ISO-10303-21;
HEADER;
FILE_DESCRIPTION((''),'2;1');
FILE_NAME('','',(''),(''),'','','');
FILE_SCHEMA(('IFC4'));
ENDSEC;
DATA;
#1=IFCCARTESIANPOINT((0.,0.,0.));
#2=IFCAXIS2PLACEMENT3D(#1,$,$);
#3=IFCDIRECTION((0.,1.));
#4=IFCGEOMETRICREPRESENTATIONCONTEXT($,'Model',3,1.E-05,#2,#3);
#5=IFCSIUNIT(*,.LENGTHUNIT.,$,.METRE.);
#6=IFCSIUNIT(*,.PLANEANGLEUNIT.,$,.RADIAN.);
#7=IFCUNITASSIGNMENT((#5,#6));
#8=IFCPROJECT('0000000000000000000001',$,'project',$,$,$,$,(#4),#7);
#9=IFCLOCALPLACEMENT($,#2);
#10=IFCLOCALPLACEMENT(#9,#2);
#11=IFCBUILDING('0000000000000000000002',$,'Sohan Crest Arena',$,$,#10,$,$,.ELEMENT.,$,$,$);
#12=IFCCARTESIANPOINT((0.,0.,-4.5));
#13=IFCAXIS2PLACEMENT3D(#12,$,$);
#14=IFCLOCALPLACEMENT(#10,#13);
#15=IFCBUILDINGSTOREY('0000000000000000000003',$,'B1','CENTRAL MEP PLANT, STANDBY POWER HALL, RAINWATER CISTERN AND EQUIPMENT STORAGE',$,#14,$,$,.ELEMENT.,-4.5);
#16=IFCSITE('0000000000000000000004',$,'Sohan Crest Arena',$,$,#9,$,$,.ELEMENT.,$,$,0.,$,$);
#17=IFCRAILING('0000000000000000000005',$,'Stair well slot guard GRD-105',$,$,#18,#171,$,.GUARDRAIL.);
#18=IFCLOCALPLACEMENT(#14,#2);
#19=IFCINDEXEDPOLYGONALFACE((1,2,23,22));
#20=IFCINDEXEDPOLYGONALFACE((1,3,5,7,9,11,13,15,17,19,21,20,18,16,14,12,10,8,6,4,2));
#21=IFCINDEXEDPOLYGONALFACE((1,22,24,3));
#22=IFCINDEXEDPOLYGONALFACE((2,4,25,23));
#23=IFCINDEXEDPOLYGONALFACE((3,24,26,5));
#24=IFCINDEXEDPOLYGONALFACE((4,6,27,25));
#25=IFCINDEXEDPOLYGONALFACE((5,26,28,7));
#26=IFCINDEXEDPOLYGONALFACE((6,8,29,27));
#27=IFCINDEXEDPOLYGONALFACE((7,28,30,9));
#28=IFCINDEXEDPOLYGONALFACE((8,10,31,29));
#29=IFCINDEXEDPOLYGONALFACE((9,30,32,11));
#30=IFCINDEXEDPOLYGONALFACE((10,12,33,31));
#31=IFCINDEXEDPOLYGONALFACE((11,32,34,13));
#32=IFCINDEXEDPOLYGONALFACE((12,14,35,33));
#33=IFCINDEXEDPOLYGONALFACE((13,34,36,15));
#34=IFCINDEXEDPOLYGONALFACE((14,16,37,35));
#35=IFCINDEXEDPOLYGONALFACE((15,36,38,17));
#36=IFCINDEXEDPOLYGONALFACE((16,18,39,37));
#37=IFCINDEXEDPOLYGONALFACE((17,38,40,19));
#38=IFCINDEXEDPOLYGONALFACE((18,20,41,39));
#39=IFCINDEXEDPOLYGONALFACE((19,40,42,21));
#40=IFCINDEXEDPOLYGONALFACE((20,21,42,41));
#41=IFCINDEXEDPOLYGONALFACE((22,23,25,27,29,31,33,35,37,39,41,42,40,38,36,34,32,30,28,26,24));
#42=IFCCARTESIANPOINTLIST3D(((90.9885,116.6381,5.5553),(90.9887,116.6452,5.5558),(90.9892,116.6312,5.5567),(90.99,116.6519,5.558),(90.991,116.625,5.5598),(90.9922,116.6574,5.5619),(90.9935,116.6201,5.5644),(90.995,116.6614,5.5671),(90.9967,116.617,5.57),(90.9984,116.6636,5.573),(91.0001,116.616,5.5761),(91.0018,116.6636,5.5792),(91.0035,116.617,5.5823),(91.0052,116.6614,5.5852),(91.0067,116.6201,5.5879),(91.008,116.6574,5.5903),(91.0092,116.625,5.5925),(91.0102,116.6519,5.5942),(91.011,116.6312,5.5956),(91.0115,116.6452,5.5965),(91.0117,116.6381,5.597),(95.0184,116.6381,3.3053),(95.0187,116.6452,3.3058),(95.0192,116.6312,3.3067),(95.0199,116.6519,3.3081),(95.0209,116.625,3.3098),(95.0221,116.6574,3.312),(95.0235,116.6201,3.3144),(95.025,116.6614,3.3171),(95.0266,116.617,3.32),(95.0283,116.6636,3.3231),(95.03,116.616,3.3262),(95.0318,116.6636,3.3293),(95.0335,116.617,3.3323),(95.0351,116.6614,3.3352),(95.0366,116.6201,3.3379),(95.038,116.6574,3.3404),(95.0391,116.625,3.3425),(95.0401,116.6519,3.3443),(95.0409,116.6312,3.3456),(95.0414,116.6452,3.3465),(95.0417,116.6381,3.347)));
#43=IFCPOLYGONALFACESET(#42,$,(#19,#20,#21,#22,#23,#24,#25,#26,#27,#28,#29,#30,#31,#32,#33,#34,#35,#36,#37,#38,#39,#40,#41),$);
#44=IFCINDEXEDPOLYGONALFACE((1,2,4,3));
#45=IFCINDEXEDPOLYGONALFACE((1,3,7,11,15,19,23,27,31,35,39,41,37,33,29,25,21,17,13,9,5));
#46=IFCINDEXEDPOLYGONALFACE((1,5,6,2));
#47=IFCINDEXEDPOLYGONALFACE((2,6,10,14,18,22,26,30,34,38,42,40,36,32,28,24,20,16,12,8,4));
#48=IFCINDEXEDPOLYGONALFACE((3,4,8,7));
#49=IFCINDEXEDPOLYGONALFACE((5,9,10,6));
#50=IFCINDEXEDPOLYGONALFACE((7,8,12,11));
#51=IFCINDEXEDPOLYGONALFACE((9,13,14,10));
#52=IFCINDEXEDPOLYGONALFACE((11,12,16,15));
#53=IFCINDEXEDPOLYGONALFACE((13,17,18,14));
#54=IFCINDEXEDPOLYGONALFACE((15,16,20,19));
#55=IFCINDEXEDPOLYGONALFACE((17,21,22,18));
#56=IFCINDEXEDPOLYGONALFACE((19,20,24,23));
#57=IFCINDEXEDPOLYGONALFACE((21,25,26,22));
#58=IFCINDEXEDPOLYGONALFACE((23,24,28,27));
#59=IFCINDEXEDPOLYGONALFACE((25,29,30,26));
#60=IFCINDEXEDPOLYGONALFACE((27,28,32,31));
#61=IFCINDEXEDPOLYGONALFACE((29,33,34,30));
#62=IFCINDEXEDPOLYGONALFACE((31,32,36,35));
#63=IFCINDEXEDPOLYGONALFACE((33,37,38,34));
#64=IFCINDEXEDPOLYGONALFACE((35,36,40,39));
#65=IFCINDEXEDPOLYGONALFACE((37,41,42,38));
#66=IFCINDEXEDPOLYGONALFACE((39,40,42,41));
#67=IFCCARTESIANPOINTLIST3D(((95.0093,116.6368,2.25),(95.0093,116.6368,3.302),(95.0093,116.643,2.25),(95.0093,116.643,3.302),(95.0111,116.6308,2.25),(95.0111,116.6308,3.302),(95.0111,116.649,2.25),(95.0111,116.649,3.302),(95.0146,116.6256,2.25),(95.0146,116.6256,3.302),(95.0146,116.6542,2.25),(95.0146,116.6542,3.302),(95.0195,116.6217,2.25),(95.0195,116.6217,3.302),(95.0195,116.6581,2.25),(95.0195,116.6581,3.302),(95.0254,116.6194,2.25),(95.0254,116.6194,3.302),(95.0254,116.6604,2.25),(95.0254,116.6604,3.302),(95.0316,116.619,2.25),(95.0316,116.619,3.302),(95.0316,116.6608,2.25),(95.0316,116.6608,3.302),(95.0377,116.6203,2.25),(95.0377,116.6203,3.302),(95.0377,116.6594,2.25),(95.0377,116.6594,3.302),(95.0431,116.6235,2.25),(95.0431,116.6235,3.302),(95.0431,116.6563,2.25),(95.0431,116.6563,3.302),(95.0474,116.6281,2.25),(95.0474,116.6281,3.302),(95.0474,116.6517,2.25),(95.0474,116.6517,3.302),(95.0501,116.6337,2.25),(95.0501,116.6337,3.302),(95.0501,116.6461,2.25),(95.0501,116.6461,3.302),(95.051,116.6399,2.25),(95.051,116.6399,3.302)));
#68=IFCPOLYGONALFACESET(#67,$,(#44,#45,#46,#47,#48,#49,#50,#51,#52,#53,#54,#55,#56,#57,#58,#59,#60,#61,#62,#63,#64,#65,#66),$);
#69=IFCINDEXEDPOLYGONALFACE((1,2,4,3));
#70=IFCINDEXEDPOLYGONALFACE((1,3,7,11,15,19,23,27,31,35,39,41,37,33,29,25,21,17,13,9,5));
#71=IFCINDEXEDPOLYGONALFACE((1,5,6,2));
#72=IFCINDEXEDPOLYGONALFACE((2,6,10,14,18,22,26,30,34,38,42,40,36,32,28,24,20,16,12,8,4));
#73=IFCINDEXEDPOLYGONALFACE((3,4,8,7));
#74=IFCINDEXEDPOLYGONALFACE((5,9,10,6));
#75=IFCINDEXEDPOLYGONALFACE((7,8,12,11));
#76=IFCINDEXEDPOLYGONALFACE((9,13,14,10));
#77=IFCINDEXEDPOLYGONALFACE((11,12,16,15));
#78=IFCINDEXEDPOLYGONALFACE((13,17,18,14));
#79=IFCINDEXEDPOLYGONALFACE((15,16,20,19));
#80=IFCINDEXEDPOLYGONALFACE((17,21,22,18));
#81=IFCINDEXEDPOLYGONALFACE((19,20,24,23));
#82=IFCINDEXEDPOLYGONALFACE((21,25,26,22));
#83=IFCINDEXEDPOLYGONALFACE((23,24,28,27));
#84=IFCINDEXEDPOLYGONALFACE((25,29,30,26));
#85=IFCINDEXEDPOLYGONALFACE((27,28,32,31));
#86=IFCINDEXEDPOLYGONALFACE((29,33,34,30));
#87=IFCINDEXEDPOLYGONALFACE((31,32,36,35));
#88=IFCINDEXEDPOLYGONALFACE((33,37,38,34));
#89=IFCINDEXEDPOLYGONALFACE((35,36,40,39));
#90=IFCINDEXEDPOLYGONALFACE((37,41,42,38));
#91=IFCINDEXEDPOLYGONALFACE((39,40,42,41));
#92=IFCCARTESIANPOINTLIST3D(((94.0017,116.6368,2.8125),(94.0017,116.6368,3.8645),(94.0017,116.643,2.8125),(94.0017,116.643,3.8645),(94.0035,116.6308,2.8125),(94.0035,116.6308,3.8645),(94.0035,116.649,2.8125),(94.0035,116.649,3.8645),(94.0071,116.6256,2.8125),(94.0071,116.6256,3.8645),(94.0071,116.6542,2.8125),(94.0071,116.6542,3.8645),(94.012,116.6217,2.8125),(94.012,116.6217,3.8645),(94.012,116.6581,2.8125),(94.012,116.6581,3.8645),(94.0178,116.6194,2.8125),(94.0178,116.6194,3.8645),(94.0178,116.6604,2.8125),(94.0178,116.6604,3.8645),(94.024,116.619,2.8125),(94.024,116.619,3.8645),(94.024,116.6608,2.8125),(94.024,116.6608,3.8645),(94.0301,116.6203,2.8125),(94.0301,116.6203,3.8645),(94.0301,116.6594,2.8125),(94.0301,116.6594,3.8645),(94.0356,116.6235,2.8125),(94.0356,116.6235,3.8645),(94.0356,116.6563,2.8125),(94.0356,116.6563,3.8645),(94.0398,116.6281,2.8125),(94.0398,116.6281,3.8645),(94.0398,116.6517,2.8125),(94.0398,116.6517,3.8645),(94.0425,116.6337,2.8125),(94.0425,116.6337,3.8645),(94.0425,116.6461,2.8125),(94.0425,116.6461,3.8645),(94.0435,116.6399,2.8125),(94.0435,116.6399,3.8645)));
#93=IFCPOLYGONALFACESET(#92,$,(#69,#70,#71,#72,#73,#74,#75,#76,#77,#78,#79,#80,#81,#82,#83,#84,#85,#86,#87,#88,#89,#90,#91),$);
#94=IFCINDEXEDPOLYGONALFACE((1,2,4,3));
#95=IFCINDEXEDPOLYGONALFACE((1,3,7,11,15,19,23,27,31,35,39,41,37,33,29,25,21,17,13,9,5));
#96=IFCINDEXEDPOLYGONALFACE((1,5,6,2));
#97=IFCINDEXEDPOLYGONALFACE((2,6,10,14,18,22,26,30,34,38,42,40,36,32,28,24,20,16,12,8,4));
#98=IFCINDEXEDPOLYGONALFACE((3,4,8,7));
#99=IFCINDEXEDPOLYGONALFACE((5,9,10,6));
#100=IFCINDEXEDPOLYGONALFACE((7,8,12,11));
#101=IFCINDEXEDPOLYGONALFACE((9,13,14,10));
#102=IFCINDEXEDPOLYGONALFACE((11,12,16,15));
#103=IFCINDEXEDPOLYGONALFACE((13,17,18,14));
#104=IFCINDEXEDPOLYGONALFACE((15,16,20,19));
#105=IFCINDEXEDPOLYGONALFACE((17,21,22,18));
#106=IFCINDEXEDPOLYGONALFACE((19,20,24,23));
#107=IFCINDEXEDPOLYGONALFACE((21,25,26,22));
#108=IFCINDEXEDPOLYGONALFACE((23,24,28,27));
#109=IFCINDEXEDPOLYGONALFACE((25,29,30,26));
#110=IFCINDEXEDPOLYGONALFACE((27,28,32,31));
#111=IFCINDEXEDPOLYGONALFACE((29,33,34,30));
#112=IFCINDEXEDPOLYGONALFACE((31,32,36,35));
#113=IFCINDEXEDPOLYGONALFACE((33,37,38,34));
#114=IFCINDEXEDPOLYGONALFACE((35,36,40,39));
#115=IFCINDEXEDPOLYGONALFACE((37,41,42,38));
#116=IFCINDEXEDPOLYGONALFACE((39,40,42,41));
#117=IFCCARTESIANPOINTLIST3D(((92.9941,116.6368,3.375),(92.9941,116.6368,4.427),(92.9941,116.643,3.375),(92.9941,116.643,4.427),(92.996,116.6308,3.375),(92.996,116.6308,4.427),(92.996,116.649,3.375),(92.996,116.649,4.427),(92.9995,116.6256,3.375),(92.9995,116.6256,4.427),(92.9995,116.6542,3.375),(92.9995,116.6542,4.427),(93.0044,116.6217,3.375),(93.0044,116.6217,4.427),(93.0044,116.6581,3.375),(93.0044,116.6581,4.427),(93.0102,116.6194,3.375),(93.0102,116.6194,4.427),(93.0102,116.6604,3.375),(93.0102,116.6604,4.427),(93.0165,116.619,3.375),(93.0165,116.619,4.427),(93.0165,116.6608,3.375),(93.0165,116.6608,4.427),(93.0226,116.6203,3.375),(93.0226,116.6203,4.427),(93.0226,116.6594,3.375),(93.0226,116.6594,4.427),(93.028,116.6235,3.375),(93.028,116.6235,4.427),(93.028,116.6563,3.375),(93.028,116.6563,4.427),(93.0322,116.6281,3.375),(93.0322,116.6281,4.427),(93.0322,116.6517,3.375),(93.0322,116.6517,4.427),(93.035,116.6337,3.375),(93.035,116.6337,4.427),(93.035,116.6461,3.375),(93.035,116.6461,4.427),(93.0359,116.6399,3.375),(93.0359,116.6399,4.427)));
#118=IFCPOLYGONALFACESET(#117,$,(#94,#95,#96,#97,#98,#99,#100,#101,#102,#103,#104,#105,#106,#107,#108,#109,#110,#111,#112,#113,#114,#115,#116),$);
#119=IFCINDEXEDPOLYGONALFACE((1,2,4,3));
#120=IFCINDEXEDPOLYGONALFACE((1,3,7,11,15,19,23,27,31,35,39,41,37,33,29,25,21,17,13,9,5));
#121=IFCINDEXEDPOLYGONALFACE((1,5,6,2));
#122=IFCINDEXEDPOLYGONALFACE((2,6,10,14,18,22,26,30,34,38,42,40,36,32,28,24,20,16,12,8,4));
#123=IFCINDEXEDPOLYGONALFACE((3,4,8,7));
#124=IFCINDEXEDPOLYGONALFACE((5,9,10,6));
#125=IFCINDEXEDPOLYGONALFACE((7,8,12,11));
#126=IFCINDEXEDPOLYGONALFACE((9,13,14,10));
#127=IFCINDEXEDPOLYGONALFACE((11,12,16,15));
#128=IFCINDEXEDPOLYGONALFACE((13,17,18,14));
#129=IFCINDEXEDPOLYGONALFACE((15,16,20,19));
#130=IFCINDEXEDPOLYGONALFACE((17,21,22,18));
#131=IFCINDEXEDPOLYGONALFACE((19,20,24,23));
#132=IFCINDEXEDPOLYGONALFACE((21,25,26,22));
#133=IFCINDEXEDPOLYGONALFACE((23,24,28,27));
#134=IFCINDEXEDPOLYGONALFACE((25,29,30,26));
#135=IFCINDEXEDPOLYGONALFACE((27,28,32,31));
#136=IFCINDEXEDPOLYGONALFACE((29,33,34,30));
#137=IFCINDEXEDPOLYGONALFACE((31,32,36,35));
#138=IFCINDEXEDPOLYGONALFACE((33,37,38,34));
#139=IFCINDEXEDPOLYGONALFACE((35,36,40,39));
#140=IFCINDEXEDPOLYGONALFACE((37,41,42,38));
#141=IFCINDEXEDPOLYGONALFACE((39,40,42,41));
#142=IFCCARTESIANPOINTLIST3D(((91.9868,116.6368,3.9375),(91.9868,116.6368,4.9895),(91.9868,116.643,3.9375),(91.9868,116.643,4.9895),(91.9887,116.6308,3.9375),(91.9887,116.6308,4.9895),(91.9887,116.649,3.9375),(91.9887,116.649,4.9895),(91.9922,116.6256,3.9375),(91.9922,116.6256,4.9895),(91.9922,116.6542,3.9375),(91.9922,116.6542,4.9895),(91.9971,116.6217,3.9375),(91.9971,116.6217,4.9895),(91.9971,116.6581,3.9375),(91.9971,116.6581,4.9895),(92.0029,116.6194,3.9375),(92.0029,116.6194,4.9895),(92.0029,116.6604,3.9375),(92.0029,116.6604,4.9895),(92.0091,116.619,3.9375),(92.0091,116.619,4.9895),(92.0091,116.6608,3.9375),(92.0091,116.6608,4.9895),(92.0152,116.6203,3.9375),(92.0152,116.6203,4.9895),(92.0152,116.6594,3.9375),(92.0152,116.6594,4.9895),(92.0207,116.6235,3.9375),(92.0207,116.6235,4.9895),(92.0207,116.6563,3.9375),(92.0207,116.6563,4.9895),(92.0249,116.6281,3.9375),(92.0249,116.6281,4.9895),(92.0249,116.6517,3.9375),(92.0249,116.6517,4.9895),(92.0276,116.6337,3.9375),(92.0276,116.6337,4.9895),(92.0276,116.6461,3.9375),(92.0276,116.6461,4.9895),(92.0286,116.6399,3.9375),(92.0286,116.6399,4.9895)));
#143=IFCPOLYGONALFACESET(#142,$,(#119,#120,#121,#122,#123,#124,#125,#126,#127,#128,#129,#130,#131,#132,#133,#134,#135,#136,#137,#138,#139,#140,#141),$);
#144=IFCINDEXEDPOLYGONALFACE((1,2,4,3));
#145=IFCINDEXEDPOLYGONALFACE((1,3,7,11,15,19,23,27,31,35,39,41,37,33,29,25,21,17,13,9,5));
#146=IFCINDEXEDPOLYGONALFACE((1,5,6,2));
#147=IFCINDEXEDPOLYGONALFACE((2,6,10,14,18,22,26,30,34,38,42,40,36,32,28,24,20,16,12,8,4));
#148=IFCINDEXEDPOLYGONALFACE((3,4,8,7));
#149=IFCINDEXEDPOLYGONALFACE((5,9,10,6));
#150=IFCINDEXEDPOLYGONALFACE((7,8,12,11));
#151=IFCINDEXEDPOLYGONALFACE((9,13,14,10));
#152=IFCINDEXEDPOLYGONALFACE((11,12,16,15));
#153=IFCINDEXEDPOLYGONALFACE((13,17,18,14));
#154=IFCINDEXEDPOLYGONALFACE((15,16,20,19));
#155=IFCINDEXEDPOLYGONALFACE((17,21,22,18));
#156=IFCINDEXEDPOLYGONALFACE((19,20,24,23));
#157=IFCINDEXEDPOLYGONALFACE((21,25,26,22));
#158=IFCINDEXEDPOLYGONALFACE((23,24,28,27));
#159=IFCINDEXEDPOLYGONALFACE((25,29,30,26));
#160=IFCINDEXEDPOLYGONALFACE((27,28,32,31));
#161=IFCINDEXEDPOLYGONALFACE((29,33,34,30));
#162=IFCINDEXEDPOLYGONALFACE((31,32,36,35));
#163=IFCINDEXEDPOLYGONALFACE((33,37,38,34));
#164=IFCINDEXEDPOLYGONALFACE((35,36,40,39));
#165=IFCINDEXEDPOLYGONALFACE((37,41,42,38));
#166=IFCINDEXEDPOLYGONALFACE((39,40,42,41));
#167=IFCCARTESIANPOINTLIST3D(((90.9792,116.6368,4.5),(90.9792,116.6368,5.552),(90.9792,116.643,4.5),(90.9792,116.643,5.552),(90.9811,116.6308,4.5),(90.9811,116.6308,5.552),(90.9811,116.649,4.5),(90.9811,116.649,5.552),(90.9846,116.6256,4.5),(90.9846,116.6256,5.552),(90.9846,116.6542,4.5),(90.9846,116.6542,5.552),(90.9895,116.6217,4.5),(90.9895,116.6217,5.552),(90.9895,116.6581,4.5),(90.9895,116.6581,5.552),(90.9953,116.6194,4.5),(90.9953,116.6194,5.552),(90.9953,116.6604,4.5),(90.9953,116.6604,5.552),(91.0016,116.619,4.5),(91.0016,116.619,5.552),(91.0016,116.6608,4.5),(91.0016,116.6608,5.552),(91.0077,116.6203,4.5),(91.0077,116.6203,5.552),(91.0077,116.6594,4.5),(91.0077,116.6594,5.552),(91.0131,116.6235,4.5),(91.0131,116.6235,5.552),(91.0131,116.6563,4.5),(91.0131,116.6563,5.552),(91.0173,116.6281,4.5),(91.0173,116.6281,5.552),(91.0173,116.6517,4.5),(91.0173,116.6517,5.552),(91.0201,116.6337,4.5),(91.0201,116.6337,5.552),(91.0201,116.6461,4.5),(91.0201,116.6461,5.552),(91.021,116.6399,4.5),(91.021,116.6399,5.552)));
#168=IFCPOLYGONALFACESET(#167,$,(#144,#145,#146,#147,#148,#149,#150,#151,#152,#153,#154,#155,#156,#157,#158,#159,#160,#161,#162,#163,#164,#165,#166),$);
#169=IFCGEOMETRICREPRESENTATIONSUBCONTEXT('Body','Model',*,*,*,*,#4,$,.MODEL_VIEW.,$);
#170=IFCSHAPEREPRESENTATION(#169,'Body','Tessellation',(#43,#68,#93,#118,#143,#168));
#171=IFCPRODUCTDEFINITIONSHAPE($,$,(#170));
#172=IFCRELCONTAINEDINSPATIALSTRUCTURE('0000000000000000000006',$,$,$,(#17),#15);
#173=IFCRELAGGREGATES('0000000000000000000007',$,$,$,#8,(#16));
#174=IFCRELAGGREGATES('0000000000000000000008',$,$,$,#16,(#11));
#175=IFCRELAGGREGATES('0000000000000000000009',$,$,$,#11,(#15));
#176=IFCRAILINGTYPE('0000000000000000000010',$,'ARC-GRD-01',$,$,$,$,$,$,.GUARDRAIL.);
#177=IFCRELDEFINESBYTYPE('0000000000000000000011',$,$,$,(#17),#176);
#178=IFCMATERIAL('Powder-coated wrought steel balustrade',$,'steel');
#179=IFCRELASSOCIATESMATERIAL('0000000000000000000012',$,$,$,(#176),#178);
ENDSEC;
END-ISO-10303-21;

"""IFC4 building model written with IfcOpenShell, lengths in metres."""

from ifc_helpers import new_model, si_unit, direction, frame, origin, origin_2d, place, context, subcontext, project, spatial, circle, extrude, material, type_object, element, save


model = new_model("IFC4")

# Units and contexts
model_context = context("Model", 3, precision=1e-05, world=origin(), true_north=direction((0.0, 1.0)))
body_context = subcontext(model_context, "Body", "Model", "MODEL_VIEW")
ifc_project = project(units=[si_unit("LENGTHUNIT", "METRE"), si_unit("PLANEANGLEUNIT", "RADIAN")], contexts=[model_context])

# Site, building, storey
site_placement = place(None, origin())
site = spatial("IfcSite", under=ifc_project, at=site_placement, Name="Sohan Crest Arena", CompositionType="ELEMENT", RefElevation=0.0)
building_placement = place(site_placement, origin())
building = spatial("IfcBuilding", under=site, at=building_placement, Name="Sohan Crest Arena", CompositionType="ELEMENT")
storey_placement = place(building_placement, frame((0.0, 0.0, -4.5)))
storey = spatial("IfcBuildingStorey", under=building, at=storey_placement, Name="B1", Description="CENTRAL MEP PLANT, STANDBY POWER HALL, RAINWATER CISTERN AND EQUIPMENT STORAGE", CompositionType="ELEMENT", Elevation=-4.5)

# Railing
ifc_material_1 = material(Name="Powder-coated wrought steel balustrade", Category="steel")
railing_type_1 = type_object("IfcRailingType", Name="ARC-GRD-01", PredefinedType="GUARDRAIL", material=ifc_material_1)
railing_1_placement = place(storey_placement, frame((95.03, 116.6399, 2.25)))
element("IfcRailing", 1, at=railing_1_placement, inside=storey, type_object=railing_type_1, Name="Stair well slot guard GRD-105", PredefinedType="GUARDRAIL", context=body_context, shape_type="SweptSolid", body=[
    extrude(circle(Radius=0.0239, at=origin_2d()), frame((0.0, 0.0, 1.0762), z_axis=(-0.873135, 0.0, 0.487479), x_axis=(0.0, -1.0, 0.0)), (0.0, 0.0, 1.0), 4.6155),
    extrude(circle(Radius=0.021, at=origin_2d()), origin(), (0.0, 0.0, 1.0), 1.052),
    extrude(circle(Radius=0.021, at=origin_2d()), frame((-1.0076, 0.0, 0.5625)), (0.0, 0.0, 1.0), 1.052),
    extrude(circle(Radius=0.021, at=origin_2d()), frame((-2.0151, 0.0, 1.125)), (0.0, 0.0, 1.0), 1.052),
    extrude(circle(Radius=0.021, at=origin_2d()), frame((-3.0225, 0.0, 1.6875)), (0.0, 0.0, 1.0), 1.052),
    extrude(circle(Radius=0.021, at=origin_2d()), frame((-4.03, 0.0, 2.25)), (0.0, 0.0, 1.0), 1.052),
])

save(model, "model.ifc")
